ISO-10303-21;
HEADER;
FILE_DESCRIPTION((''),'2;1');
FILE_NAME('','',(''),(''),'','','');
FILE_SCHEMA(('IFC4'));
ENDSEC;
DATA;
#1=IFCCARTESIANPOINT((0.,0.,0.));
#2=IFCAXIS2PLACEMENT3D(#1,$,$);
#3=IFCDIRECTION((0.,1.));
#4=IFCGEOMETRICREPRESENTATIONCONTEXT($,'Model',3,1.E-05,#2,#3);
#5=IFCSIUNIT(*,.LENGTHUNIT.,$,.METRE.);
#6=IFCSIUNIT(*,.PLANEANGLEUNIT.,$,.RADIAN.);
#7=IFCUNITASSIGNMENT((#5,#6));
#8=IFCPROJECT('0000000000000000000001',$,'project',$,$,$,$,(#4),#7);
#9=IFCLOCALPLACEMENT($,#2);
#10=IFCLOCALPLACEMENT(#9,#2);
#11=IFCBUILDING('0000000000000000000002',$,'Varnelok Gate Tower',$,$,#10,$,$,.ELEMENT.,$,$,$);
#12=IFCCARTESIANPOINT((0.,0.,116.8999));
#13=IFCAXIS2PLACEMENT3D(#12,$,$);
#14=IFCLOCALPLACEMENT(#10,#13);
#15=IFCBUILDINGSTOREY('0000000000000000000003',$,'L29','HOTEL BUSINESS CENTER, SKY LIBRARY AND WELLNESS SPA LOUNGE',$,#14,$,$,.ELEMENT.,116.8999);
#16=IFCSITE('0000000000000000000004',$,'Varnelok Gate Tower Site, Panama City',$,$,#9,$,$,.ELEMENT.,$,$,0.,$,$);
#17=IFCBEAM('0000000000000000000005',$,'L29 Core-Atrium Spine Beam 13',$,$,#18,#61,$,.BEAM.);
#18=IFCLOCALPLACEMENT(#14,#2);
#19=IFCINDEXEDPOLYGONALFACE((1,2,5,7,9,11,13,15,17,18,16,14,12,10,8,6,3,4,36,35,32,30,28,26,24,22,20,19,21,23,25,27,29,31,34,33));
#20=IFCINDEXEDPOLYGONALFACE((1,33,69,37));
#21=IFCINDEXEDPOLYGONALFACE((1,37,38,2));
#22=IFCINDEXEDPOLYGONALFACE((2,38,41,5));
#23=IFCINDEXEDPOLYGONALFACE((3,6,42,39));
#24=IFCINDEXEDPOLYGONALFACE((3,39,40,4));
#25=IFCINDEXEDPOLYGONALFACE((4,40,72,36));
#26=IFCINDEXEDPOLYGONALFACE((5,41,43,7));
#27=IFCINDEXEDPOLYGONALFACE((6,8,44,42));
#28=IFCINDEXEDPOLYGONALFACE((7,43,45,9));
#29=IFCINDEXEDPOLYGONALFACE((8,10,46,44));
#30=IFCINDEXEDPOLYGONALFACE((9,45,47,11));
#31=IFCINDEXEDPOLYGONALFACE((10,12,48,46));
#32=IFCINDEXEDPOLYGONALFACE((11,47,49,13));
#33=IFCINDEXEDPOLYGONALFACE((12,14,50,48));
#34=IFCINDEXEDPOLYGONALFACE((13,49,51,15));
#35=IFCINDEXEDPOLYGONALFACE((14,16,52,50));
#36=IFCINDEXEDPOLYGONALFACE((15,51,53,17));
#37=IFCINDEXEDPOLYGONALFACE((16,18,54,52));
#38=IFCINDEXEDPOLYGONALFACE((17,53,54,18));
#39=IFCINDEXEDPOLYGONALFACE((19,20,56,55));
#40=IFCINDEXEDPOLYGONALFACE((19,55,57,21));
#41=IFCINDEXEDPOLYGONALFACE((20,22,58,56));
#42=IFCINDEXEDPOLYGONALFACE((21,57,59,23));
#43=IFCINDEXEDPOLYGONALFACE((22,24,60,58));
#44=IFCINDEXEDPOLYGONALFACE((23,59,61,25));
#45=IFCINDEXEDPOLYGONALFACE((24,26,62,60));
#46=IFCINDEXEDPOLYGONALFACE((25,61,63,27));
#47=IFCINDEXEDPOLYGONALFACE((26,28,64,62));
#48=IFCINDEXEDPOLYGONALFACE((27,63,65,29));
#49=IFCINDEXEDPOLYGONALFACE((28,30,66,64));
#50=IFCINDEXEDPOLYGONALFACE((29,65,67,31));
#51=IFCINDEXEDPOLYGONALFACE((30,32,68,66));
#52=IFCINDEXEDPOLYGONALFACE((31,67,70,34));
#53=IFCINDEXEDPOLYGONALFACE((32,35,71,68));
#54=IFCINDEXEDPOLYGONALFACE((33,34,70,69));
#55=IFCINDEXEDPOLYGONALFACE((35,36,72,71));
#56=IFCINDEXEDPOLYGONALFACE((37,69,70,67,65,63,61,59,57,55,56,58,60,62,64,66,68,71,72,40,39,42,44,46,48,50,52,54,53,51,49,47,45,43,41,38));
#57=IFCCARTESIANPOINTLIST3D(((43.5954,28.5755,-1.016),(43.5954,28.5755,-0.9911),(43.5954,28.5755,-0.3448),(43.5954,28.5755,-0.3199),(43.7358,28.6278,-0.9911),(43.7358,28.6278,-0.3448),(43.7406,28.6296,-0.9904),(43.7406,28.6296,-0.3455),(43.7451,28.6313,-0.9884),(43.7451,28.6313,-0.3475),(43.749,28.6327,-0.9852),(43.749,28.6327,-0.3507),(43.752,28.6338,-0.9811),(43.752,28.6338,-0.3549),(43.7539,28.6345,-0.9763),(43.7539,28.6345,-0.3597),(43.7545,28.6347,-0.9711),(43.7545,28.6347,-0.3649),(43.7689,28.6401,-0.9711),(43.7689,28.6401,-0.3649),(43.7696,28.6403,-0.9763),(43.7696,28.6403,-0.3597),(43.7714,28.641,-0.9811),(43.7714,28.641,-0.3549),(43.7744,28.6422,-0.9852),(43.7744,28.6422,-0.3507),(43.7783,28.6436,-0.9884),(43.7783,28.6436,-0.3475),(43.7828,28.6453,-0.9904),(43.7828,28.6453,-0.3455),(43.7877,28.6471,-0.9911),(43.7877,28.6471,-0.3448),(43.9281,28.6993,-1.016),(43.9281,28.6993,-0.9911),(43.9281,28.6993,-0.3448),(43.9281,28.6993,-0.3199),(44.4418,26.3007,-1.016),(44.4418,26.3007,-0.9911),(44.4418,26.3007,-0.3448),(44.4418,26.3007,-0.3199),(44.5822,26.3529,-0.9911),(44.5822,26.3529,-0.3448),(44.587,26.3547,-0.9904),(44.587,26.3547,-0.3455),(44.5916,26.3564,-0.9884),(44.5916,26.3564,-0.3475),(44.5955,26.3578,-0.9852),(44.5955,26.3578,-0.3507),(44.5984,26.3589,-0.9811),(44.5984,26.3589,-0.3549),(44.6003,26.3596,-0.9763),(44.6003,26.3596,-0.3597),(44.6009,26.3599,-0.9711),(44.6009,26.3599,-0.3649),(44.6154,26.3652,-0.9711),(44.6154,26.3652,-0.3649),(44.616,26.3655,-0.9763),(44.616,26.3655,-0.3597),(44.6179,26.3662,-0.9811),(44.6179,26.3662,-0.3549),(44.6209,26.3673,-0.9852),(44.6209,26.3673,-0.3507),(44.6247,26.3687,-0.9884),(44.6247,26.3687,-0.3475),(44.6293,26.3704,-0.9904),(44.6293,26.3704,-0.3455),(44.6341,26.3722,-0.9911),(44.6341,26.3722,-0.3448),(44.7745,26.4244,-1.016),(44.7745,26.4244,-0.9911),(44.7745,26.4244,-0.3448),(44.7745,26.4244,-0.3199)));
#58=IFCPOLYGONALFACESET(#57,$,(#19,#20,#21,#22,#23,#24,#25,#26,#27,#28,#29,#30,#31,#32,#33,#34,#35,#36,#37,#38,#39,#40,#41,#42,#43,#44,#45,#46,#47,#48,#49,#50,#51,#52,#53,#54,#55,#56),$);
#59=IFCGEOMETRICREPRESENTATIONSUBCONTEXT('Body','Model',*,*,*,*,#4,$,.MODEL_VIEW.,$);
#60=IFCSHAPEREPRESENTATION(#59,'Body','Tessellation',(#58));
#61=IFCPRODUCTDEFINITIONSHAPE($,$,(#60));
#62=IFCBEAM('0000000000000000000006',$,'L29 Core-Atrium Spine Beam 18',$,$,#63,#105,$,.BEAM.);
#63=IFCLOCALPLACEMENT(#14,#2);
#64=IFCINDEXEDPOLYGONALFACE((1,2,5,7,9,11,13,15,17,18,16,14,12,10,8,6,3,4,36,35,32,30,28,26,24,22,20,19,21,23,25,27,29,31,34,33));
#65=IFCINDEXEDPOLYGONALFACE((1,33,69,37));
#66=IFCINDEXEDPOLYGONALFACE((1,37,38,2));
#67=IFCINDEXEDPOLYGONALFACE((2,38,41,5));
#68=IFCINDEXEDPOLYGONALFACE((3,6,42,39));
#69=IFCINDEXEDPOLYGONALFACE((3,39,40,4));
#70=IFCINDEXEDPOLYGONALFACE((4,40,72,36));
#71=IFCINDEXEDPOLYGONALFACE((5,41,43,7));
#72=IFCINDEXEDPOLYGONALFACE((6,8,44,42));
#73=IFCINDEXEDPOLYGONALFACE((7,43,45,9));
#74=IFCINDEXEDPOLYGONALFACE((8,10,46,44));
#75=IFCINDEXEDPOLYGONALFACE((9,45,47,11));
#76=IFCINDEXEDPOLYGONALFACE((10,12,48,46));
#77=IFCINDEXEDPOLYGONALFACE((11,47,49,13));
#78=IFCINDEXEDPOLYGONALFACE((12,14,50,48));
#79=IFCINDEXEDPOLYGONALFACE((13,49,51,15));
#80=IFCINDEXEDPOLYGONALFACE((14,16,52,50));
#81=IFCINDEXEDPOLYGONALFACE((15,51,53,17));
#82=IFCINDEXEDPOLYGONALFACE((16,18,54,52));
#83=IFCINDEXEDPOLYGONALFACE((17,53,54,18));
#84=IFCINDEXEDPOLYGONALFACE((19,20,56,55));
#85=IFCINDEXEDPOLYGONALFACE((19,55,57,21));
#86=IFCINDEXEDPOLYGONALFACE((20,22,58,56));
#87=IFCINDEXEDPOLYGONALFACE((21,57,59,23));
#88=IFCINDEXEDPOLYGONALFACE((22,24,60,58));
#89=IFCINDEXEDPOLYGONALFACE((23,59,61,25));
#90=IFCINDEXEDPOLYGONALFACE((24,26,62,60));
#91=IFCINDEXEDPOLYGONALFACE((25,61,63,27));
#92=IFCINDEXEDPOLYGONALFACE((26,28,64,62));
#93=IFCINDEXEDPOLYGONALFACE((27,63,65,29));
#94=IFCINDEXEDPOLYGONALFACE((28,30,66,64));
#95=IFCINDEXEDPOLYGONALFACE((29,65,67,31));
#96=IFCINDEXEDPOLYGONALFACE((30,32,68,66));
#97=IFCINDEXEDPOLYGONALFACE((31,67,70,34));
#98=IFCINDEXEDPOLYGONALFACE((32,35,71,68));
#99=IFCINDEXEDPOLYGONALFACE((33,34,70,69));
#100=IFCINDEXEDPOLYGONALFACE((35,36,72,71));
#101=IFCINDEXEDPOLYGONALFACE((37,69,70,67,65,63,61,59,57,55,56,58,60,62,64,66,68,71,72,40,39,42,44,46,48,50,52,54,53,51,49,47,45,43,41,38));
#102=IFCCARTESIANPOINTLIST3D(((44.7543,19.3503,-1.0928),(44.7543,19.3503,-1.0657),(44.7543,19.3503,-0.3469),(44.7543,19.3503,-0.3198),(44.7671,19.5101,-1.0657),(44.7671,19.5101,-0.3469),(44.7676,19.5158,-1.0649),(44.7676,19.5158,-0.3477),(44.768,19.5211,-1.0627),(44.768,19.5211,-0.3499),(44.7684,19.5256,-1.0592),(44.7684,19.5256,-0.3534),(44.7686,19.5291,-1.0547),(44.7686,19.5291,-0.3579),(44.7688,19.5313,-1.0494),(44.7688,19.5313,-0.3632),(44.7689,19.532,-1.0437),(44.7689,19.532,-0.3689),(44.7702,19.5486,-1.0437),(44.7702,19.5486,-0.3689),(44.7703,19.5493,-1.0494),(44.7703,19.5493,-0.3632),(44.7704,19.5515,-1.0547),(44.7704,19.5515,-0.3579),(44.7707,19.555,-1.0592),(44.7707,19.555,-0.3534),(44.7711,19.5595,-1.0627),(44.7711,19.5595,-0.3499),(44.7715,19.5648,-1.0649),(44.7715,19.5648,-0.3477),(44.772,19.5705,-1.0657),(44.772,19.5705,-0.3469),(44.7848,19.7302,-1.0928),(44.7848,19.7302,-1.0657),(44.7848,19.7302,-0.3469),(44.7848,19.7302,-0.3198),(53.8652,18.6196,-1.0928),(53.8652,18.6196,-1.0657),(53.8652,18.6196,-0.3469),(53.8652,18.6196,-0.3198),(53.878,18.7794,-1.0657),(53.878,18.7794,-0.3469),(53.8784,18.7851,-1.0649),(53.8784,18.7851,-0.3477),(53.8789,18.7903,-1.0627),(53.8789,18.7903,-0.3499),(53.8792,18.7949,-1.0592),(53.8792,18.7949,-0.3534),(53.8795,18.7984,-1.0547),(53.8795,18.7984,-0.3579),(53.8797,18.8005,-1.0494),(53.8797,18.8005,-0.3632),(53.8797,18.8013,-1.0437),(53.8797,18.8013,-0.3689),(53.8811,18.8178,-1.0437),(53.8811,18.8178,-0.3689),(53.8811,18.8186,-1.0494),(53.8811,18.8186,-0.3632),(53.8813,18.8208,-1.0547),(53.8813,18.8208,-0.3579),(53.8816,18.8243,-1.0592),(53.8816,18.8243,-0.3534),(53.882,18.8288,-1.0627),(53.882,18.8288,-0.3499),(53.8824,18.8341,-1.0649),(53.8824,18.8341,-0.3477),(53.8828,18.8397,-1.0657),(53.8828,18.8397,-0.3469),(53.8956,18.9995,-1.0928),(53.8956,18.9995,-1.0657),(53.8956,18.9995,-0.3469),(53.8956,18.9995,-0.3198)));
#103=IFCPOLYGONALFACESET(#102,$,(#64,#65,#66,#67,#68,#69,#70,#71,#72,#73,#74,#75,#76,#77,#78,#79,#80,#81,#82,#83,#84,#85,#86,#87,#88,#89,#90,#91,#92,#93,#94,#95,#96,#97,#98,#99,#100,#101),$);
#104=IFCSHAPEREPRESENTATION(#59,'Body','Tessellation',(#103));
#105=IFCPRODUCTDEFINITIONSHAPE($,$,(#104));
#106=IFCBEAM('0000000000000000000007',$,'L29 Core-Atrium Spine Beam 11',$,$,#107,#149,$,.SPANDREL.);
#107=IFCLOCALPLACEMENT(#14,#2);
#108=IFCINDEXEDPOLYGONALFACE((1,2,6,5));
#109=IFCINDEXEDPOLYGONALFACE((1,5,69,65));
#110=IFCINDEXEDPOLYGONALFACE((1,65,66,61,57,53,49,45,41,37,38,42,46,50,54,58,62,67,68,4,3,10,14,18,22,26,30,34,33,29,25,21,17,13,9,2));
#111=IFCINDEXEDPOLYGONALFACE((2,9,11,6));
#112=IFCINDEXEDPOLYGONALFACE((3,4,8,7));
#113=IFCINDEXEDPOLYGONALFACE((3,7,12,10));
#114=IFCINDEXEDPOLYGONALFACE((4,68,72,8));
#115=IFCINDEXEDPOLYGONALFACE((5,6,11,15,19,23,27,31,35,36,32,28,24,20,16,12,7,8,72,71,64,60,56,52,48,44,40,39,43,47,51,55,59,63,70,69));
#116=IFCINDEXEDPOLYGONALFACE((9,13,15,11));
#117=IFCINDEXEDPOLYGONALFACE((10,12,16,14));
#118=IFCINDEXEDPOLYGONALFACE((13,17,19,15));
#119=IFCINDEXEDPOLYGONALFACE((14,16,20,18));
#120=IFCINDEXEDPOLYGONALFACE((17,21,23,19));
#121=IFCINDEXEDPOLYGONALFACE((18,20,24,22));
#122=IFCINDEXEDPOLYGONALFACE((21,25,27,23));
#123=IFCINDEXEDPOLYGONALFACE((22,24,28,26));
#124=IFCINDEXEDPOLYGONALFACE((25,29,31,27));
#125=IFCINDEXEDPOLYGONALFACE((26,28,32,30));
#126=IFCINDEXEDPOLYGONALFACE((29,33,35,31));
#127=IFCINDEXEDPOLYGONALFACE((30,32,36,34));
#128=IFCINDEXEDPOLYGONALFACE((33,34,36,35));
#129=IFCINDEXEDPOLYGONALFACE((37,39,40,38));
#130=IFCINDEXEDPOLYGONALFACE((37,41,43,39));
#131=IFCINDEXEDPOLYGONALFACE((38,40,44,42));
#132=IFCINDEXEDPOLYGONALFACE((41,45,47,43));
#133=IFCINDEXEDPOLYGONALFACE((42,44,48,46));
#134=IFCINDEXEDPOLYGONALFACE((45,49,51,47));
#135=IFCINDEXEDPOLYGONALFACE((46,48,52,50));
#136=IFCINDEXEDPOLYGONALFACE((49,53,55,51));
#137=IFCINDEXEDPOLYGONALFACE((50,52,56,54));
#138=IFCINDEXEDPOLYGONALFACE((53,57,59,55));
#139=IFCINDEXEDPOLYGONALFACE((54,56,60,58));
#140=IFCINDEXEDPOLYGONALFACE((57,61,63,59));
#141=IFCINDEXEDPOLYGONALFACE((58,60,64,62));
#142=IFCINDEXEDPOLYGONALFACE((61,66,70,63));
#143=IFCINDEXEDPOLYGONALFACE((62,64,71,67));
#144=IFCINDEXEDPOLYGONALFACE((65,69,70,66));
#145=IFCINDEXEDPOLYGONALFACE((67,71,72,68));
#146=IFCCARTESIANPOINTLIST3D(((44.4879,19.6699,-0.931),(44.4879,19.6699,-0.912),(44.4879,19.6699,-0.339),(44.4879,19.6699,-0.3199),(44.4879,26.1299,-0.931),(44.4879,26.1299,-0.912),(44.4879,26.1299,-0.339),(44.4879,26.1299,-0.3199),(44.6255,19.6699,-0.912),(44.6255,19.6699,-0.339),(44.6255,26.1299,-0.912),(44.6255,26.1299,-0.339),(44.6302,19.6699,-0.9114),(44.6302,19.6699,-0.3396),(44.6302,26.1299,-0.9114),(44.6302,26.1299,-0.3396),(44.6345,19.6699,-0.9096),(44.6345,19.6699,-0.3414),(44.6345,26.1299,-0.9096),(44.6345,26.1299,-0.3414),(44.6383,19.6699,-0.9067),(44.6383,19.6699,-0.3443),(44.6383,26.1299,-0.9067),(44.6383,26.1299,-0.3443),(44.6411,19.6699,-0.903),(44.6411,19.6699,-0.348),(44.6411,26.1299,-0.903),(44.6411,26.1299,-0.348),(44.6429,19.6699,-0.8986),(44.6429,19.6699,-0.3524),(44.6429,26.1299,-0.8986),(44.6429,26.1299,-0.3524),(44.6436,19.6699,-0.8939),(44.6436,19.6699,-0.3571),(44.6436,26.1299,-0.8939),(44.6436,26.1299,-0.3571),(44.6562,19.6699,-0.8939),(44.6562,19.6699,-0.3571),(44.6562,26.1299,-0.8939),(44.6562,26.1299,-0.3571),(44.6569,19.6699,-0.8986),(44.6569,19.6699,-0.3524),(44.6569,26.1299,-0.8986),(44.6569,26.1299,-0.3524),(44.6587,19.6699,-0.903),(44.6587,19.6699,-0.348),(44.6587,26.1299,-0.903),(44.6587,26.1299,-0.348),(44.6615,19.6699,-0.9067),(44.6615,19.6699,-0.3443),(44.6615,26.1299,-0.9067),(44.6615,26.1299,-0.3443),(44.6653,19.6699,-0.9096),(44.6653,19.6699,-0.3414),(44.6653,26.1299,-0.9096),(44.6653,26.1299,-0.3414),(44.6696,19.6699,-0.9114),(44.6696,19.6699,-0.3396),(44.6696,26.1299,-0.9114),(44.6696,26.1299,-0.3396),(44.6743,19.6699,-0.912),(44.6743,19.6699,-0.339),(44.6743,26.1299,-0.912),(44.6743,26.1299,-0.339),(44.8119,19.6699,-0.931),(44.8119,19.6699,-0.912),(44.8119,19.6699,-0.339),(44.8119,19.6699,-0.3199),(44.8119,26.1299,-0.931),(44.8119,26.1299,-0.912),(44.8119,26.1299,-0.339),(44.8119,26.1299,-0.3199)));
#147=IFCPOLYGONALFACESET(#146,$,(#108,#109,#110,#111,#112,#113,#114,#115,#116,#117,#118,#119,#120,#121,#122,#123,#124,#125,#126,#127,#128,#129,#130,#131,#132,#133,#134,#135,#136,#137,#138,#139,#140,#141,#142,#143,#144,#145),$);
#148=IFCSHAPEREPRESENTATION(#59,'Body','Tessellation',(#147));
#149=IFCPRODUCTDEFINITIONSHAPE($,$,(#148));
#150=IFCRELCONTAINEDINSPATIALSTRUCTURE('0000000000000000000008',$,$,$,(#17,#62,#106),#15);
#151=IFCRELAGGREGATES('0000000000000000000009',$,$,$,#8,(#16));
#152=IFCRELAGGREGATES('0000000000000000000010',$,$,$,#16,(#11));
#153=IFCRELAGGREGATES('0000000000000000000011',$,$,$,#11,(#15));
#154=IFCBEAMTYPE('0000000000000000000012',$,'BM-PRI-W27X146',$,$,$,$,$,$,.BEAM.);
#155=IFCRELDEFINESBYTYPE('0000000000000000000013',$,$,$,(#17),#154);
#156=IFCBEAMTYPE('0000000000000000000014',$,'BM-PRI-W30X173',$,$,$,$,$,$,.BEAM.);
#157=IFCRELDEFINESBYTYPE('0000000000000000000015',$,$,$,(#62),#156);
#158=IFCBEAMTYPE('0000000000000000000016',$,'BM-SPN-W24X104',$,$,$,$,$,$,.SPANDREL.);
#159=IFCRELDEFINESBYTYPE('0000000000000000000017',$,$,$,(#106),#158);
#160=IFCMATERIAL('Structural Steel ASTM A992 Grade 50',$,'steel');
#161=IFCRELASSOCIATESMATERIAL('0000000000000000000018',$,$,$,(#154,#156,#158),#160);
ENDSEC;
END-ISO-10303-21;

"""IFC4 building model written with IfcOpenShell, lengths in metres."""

from ifc_helpers import new_model, si_unit, direction, frame, origin, origin_2d, place, context, subcontext, project, spatial, i_section, extrude, material, material_profile, profile_set, type_object, element, save


model = new_model("IFC4")

# Units and contexts
model_context = context("Model", 3, precision=1e-05, world=origin(), true_north=direction((0.0, 1.0)))
body_context = subcontext(model_context, "Body", "Model", "MODEL_VIEW")
ifc_project = project(units=[si_unit("LENGTHUNIT", "METRE"), si_unit("PLANEANGLEUNIT", "RADIAN")], contexts=[model_context])

# Site, building, storey
site_placement = place(None, origin())
site = spatial("IfcSite", under=ifc_project, at=site_placement, Name="Varnelok Gate Tower Site, Panama City", CompositionType="ELEMENT", RefElevation=0.0)
building_placement = place(site_placement, origin())
building = spatial("IfcBuilding", under=site, at=building_placement, Name="Varnelok Gate Tower", CompositionType="ELEMENT")
storey_placement = place(building_placement, frame((0.0, 0.0, 116.8999)))
storey = spatial("IfcBuildingStorey", under=building, at=storey_placement, Name="L29", Description="HOTEL BUSINESS CENTER, SKY LIBRARY AND WELLNESS SPA LOUNGE", CompositionType="ELEMENT", Elevation=116.8999)

# Shared definitions
ifc_material_1 = material(Name="Structural Steel ASTM A992 Grade 50", Category="steel")

# Beams
ifc_material_profile_1 = material_profile(ifc_material_1, i_section(OverallWidth=0.355, OverallDepth=0.696, WebThickness=0.0154, FlangeThickness=0.0249, FilletRadius=0.02, at=origin_2d()), Name="W27X146")
ifc_profile_set_1 = profile_set([ifc_material_profile_1], Name="Structural Steel ASTM A992 Grade 50")
beam_type_1 = type_object("IfcBeamType", Name="BM-PRI-W27X146", PredefinedType="BEAM", material=ifc_profile_set_1)
beam_1_placement = place(storey_placement, frame((44.6082, 26.3625, -0.668), z_axis=(-0.348719, 0.937227, 0.0), x_axis=(-0.937227, -0.348719, 0.0)))
element("IfcBeam", 1, at=beam_1_placement, inside=storey, type_object=beam_type_1, Name="L29 Core-Atrium Spine Beam 13", PredefinedType="BEAM", context=body_context, shape_type="SweptSolid", body=[
    extrude(i_section(OverallWidth=0.355, OverallDepth=0.696, WebThickness=0.0154, FlangeThickness=0.0249, FilletRadius=0.02, at=origin_2d()), origin(), (0.0, 0.0, 1.0), 2.4272),
])
ifc_material_profile_2 = material_profile(ifc_material_1, i_section(OverallWidth=0.3811, OverallDepth=0.7729, WebThickness=0.0166, FlangeThickness=0.0271, FilletRadius=0.022, at=origin_2d()), Name="W30X173")
ifc_profile_set_2 = profile_set([ifc_material_profile_2], Name="Structural Steel ASTM A992 Grade 50")
beam_type_2 = type_object("IfcBeamType", Name="BM-PRI-W30X173", PredefinedType="BEAM", material=ifc_profile_set_2)
beam_2_placement = place(storey_placement, frame((44.7695, 19.5403, -0.7063), z_axis=(0.996799, -0.079946, 0.0), x_axis=(0.079946, 0.996799, 0.0)))
element("IfcBeam", 2, at=beam_2_placement, inside=storey, type_object=beam_type_2, Name="L29 Core-Atrium Spine Beam 18", PredefinedType="BEAM", context=body_context, shape_type="SweptSolid", body=[
    extrude(i_section(OverallWidth=0.3811, OverallDepth=0.7729, WebThickness=0.0166, FlangeThickness=0.0271, FilletRadius=0.022, at=origin_2d()), origin(), (0.0, 0.0, 1.0), 9.1401),
])
ifc_material_profile_3 = material_profile(ifc_material_1, i_section(OverallWidth=0.324, OverallDepth=0.6111, WebThickness=0.0127, FlangeThickness=0.019, FilletRadius=0.0181, at=origin_2d()), Name="W24X104")
ifc_profile_set_3 = profile_set([ifc_material_profile_3], Name="Structural Steel ASTM A992 Grade 50")
beam_type_3 = type_object("IfcBeamType", Name="BM-SPN-W24X104", PredefinedType="SPANDREL", material=ifc_profile_set_3)
beam_3_placement = place(storey_placement, frame((44.6499, 19.6699, -0.6255), z_axis=(0.0, 1.0, 0.0), x_axis=(-1.0, 0.0, 0.0)))
element("IfcBeam", 3, at=beam_3_placement, inside=storey, type_object=beam_type_3, Name="L29 Core-Atrium Spine Beam 11", PredefinedType="SPANDREL", context=body_context, shape_type="SweptSolid", body=[
    extrude(i_section(OverallWidth=0.324, OverallDepth=0.6111, WebThickness=0.0127, FlangeThickness=0.019, FilletRadius=0.0181, at=origin_2d()), origin(), (0.0, 0.0, 1.0), 6.46),
])

save(model, "model.ifc")
